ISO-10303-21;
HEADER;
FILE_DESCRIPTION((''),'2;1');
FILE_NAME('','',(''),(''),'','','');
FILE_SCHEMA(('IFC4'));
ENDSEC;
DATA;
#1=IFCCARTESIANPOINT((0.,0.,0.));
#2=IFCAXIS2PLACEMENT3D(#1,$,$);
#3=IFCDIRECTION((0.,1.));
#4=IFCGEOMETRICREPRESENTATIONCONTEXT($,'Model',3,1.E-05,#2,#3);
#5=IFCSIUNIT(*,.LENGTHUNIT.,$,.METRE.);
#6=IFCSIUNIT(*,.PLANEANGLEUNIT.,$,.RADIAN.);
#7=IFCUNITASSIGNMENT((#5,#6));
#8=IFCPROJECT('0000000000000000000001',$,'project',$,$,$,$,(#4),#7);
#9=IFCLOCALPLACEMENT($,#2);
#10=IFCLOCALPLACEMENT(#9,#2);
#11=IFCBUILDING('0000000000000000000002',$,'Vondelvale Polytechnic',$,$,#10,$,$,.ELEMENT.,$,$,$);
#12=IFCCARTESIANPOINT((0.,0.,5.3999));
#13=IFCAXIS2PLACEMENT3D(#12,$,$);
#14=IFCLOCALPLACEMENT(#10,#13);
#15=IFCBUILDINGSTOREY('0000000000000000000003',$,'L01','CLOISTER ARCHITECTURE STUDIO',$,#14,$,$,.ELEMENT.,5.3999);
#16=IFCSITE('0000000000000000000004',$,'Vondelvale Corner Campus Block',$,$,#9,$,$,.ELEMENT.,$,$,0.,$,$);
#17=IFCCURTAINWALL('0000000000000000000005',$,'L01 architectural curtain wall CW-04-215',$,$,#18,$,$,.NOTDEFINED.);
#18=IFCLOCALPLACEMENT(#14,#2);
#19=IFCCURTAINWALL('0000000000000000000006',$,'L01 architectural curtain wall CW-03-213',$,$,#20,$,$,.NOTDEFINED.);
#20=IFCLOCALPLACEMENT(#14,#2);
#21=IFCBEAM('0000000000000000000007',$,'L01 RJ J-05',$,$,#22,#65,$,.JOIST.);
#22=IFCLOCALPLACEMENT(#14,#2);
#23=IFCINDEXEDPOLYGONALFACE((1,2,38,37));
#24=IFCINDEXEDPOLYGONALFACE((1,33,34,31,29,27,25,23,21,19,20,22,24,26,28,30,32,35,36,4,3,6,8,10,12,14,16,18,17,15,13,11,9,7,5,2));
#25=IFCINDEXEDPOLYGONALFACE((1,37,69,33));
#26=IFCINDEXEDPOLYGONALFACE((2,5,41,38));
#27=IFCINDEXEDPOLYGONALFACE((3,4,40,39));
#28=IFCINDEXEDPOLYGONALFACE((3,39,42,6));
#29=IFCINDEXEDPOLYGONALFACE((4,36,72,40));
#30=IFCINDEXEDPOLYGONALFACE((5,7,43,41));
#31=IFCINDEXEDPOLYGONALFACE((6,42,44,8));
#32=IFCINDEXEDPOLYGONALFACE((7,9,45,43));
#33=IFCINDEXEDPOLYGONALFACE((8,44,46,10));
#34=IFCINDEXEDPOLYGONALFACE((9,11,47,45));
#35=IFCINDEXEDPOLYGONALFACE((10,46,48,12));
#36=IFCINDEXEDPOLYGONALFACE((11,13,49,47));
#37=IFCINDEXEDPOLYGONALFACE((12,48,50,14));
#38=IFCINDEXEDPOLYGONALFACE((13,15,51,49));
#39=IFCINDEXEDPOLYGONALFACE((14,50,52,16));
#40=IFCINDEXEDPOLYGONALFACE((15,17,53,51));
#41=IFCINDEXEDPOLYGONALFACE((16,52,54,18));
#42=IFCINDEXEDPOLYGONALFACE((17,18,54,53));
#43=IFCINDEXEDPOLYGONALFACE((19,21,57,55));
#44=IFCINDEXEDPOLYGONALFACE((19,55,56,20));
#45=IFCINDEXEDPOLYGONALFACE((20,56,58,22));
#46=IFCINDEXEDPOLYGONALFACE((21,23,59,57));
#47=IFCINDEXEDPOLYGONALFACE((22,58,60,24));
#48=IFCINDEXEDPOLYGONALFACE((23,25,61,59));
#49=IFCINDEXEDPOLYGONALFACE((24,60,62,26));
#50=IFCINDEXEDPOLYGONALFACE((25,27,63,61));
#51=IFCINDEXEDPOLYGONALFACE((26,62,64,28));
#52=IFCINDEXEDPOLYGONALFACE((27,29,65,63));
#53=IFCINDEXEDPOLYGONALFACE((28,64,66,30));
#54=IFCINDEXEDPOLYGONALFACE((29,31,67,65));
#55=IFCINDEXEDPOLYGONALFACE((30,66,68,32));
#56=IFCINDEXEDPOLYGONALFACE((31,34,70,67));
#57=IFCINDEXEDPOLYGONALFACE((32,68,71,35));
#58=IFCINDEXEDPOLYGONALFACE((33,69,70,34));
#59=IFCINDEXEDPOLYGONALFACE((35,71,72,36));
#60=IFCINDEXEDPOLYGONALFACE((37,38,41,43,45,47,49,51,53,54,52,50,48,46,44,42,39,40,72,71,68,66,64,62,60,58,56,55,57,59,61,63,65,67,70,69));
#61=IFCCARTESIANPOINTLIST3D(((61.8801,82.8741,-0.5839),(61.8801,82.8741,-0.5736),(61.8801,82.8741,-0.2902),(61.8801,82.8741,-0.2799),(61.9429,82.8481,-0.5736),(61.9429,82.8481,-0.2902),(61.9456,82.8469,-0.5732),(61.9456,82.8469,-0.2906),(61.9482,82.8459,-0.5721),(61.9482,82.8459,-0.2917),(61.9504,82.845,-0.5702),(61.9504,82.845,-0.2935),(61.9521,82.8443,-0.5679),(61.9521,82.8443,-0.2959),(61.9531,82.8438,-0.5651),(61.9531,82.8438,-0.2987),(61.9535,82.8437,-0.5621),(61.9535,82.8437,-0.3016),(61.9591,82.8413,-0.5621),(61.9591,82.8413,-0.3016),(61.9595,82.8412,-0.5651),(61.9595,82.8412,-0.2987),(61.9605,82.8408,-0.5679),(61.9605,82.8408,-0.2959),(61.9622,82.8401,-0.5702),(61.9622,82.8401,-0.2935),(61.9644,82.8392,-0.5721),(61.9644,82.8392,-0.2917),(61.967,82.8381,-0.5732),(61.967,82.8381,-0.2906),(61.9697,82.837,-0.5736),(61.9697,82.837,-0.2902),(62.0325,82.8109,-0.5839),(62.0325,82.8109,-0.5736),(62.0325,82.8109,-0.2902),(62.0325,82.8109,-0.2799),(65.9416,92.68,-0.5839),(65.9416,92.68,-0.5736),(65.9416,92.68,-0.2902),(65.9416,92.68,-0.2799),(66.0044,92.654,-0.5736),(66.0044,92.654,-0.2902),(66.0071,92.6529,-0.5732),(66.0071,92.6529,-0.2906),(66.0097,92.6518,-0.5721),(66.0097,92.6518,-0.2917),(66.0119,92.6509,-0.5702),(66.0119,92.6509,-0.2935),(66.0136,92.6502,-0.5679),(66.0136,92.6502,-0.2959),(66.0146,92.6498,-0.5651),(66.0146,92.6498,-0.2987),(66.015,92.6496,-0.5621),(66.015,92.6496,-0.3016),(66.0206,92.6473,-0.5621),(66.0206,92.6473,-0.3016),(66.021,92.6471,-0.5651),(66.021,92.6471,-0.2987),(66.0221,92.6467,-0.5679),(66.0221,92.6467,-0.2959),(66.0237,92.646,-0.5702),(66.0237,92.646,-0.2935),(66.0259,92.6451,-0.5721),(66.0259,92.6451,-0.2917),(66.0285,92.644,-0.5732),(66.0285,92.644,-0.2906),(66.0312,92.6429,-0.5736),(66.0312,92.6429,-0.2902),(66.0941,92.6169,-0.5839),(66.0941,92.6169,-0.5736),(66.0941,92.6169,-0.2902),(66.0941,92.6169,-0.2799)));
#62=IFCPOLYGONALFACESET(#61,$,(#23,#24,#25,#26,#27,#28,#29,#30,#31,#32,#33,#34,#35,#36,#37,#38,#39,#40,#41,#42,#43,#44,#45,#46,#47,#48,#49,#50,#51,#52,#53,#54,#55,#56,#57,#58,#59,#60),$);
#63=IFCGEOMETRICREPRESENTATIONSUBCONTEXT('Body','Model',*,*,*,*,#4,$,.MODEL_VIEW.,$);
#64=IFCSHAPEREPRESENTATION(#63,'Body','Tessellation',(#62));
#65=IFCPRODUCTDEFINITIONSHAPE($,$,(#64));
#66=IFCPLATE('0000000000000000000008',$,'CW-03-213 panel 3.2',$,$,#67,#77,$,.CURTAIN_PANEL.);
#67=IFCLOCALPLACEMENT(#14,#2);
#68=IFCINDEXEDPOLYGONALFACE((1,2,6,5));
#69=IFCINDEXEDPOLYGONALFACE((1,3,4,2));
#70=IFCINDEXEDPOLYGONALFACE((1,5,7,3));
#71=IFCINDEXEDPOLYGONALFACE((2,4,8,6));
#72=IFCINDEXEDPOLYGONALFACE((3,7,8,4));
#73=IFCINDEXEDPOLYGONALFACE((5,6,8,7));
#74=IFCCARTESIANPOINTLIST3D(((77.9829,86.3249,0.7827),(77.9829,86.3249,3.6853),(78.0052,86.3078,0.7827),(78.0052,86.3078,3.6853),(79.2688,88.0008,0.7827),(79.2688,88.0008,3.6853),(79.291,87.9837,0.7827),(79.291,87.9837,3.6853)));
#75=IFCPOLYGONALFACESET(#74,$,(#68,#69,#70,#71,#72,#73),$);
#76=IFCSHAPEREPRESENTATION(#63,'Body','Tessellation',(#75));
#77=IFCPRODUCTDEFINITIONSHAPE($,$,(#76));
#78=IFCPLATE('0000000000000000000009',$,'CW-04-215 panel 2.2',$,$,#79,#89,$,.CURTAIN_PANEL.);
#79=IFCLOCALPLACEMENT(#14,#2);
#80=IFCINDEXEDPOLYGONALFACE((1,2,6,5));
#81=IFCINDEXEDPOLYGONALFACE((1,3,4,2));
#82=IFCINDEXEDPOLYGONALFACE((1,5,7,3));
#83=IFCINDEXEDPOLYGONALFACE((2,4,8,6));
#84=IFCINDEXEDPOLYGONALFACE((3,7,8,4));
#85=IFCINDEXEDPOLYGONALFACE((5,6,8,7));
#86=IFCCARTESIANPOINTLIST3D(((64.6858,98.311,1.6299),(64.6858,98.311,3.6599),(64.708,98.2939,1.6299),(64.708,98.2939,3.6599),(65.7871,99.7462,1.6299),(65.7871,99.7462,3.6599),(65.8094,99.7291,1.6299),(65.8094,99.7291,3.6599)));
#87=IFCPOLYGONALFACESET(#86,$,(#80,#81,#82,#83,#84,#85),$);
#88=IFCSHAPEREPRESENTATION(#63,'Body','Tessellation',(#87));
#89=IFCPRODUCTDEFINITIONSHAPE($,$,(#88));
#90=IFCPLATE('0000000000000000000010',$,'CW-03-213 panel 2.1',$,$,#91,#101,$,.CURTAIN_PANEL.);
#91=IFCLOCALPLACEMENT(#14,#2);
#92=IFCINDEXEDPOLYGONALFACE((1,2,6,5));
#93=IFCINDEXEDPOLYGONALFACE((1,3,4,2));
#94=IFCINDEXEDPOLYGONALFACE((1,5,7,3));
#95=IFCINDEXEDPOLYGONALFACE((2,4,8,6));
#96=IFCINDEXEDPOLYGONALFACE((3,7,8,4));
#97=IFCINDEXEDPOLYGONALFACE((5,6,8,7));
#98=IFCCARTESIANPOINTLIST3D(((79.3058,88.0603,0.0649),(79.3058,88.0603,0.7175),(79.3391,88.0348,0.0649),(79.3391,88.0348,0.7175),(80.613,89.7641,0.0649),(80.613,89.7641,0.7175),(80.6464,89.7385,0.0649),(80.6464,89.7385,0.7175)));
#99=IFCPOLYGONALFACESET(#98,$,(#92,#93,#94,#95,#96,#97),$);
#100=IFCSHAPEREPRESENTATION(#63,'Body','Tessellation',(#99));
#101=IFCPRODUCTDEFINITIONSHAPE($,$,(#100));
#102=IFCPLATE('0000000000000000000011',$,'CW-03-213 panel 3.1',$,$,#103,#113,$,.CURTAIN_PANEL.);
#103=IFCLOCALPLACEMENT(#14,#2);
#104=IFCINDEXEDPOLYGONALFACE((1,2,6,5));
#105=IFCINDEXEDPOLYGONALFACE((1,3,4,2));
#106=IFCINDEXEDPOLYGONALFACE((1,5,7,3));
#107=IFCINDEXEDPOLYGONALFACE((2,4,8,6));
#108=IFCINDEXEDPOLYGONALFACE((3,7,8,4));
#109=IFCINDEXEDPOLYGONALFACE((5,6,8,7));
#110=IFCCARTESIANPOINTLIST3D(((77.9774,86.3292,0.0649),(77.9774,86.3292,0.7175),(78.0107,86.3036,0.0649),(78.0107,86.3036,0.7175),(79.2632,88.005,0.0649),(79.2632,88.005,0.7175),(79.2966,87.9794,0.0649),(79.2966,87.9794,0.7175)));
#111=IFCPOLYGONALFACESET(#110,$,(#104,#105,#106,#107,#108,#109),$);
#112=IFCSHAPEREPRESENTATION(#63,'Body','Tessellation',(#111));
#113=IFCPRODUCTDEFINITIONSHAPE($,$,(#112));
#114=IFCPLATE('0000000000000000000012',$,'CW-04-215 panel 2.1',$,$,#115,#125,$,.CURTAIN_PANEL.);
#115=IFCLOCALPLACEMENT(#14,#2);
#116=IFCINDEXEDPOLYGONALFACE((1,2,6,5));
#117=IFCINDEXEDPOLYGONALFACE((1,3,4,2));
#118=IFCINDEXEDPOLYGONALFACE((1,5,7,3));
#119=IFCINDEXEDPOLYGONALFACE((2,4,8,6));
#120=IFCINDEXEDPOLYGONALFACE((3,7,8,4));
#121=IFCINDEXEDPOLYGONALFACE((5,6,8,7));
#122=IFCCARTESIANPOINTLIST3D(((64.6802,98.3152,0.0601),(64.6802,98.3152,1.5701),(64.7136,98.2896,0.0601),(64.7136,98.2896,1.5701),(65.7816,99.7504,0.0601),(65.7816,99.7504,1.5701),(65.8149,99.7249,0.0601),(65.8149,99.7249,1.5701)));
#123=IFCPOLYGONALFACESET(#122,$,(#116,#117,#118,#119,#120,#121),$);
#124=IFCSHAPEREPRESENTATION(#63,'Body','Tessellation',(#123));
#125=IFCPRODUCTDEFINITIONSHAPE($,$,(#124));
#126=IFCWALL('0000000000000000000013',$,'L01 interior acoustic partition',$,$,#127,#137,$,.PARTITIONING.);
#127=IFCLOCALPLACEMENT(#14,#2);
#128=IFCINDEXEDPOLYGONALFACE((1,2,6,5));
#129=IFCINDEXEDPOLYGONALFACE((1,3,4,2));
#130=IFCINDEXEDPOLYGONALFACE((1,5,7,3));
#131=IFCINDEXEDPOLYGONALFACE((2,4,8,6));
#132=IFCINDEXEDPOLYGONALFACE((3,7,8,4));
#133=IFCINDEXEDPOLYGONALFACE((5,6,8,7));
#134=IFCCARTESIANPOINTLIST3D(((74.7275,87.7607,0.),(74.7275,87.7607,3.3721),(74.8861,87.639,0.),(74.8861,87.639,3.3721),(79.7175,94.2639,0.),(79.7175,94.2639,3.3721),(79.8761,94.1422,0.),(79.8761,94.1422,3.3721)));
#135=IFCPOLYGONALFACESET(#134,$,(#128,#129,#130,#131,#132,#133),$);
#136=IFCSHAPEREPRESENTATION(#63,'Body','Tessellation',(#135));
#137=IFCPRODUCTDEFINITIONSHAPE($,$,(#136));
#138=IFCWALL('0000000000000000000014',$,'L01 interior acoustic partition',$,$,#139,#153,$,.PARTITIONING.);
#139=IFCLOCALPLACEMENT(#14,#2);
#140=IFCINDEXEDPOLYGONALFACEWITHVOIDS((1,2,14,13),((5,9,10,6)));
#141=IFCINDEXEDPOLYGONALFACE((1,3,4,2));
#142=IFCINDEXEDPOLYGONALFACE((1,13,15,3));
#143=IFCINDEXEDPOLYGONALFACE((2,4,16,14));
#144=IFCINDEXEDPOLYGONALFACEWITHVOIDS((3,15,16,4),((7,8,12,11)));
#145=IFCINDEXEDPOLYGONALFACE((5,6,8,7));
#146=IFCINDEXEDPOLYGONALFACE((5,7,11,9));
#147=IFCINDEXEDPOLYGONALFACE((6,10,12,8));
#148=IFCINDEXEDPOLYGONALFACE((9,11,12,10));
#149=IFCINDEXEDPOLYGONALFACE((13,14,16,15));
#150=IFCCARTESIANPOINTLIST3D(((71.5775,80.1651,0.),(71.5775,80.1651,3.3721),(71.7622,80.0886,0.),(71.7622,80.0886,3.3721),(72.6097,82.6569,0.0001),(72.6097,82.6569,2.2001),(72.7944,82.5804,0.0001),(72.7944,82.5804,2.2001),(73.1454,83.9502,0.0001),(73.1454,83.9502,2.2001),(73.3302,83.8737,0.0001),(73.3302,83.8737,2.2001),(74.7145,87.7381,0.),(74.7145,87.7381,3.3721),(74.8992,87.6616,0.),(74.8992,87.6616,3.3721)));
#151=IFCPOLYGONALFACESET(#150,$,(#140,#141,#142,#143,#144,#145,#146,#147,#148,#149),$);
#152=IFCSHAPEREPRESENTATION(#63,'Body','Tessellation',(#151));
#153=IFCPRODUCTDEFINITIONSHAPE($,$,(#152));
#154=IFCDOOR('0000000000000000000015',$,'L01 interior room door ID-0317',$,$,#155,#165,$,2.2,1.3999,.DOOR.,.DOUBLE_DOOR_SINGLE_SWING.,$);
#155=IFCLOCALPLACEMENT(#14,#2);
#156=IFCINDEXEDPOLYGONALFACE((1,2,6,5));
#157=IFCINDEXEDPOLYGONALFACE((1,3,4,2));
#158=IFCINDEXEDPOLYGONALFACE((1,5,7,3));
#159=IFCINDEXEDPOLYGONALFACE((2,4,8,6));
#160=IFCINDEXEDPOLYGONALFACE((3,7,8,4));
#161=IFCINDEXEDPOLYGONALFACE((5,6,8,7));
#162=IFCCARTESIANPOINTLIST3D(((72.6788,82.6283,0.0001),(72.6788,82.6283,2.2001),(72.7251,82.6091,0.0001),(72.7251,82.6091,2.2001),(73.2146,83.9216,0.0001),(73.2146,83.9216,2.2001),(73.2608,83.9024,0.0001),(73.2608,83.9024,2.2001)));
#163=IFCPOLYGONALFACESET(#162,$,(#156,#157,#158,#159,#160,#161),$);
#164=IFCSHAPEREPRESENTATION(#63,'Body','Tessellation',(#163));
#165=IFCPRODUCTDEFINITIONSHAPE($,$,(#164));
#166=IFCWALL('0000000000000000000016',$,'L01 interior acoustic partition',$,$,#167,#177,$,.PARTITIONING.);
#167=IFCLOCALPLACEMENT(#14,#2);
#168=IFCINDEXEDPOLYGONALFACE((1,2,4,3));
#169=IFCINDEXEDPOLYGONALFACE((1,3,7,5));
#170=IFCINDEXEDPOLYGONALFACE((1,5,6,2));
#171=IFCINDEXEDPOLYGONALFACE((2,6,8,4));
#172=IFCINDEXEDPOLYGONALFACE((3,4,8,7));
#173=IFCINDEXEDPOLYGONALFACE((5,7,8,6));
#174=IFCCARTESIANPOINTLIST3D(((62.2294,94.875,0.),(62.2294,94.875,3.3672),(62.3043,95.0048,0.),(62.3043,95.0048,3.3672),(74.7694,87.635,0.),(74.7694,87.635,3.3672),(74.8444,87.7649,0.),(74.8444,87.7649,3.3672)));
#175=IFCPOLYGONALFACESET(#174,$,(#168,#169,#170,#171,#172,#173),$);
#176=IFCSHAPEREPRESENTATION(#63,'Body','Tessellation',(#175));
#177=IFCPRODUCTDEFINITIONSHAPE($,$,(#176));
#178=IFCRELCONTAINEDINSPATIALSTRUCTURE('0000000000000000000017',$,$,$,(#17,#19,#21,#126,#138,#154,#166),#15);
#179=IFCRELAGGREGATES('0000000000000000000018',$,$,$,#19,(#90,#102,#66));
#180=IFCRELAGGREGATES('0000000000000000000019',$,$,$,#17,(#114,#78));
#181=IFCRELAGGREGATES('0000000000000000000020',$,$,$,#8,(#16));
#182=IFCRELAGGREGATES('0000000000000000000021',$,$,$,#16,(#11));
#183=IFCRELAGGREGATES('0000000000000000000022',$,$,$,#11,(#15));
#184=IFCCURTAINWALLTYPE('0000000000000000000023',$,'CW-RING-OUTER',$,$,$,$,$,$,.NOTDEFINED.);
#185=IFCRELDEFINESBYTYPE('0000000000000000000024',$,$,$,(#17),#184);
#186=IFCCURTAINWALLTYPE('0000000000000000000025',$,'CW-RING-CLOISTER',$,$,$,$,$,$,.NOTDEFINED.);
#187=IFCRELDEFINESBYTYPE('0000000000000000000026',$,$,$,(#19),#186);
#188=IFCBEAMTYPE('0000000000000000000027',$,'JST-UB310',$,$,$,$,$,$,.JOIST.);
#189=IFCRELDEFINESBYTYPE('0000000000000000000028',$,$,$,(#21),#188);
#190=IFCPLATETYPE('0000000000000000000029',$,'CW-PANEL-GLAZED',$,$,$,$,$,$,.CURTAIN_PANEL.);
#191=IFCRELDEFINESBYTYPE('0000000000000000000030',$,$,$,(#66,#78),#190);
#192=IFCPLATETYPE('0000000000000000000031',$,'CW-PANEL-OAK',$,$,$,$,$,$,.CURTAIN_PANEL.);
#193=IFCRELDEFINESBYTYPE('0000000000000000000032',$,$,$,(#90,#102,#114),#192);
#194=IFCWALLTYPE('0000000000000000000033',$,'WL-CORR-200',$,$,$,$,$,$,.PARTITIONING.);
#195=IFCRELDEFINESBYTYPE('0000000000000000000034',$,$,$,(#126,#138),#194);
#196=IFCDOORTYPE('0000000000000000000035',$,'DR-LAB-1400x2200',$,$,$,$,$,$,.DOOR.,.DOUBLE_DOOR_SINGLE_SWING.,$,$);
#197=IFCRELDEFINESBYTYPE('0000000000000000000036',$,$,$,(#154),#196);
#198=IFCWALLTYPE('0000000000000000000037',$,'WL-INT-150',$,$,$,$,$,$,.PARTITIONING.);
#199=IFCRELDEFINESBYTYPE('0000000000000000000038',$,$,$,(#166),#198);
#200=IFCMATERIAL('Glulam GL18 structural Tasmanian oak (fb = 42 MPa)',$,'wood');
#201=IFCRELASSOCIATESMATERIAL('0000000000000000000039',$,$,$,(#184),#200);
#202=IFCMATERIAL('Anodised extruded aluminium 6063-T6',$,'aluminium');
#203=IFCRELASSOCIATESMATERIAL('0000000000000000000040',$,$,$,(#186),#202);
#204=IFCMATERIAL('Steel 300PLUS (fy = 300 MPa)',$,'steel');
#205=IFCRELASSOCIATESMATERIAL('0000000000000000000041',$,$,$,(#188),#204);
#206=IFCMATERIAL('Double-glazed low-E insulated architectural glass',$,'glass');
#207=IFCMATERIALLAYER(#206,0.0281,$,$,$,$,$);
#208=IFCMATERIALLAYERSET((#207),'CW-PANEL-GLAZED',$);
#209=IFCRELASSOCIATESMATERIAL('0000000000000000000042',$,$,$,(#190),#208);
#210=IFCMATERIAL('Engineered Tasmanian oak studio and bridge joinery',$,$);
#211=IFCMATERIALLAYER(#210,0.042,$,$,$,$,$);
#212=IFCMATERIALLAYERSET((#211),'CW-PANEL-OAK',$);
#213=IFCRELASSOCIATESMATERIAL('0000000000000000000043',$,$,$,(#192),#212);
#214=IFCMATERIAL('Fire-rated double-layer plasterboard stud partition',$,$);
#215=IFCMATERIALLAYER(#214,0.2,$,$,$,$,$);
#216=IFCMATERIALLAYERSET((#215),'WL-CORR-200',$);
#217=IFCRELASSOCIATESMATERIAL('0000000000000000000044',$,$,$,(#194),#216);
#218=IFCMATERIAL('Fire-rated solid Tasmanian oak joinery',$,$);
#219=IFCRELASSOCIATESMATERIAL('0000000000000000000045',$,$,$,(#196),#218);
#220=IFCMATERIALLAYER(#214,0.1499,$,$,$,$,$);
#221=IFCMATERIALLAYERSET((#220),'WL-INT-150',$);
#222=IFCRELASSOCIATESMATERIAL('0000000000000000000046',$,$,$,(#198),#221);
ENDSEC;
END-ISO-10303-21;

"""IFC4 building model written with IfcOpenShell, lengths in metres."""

from ifc_helpers import new_model, si_unit, direction, frame, frame_2d, origin, origin_2d, place, context, subcontext, project, spatial, rectangle, i_section, extrude, material, layer, layer_set, material_profile, profile_set, type_object, element, fill, aggregate, save


model = new_model("IFC4")

# Units and contexts
model_context = context("Model", 3, precision=1e-05, world=origin(), true_north=direction((0.0, 1.0)))
body_context = subcontext(model_context, "Body", "Model", "MODEL_VIEW")
ifc_project = project(units=[si_unit("LENGTHUNIT", "METRE"), si_unit("PLANEANGLEUNIT", "RADIAN")], contexts=[model_context])

# Site, building, storey
site_placement = place(None, origin())
site = spatial("IfcSite", under=ifc_project, at=site_placement, Name="Vondelvale Corner Campus Block", CompositionType="ELEMENT", RefElevation=0.0)
building_placement = place(site_placement, origin())
building = spatial("IfcBuilding", under=site, at=building_placement, Name="Vondelvale Polytechnic", CompositionType="ELEMENT")
storey_placement = place(building_placement, frame((0.0, 0.0, 5.3999)))
storey = spatial("IfcBuildingStorey", under=building, at=storey_placement, Name="L01", Description="CLOISTER ARCHITECTURE STUDIO", CompositionType="ELEMENT", Elevation=5.3999)

# Shared definitions
ifc_material_1 = material(Name="Glulam GL18 structural Tasmanian oak (fb = 42 MPa)", Category="wood")
ifc_material_2 = material(Name="Steel 300PLUS (fy = 300 MPa)", Category="steel")

# Curtain wall
curtain_wall_type_1 = type_object("IfcCurtainWallType", Name="CW-RING-OUTER", PredefinedType="NOTDEFINED", material=ifc_material_1)
curtain_wall_1_placement = place(storey_placement, origin())
curtain_wall_1 = element("IfcCurtainWall", 1, at=curtain_wall_1_placement, inside=storey, type_object=curtain_wall_type_1, Name="L01 architectural curtain wall CW-04-215", PredefinedType="NOTDEFINED")
ifc_material_3 = material(Name="Anodised extruded aluminium 6063-T6", Category="aluminium")

# Curtain wall
curtain_wall_type_2 = type_object("IfcCurtainWallType", Name="CW-RING-CLOISTER", PredefinedType="NOTDEFINED", material=ifc_material_3)
curtain_wall_2_placement = place(storey_placement, origin())
curtain_wall_2 = element("IfcCurtainWall", 2, at=curtain_wall_2_placement, inside=storey, type_object=curtain_wall_type_2, Name="L01 architectural curtain wall CW-03-213", PredefinedType="NOTDEFINED")

# Beam
ifc_material_profile_1 = material_profile(ifc_material_2, i_section(OverallWidth=0.165, OverallDepth=0.304, WebThickness=0.0061, FlangeThickness=0.0103, FilletRadius=0.0115, at=origin_2d()), Name="310UB40.4")
ifc_profile_set_1 = profile_set([ifc_material_profile_1], Name="Steel 300PLUS (fy = 300 MPa)")
beam_type_1 = type_object("IfcBeamType", Name="JST-UB310", PredefinedType="JOIST", material=ifc_profile_set_1)
beam_1_placement = place(storey_placement, frame((66.0178, 92.6484, -0.4319), z_axis=(-0.382666, -0.923887, 0.0), x_axis=(0.923887, -0.382666, 0.0)))
element("IfcBeam", 3, at=beam_1_placement, inside=storey, type_object=beam_type_1, Name="L01 RJ J-05", PredefinedType="JOIST", context=body_context, shape_type="SweptSolid", body=[
    extrude(i_section(OverallWidth=0.165, OverallDepth=0.304, WebThickness=0.0061, FlangeThickness=0.0103, FilletRadius=0.0115, at=origin_2d()), origin(), (0.0, 0.0, 1.0), 10.6138),
])

# Plates
ifc_material_4 = material(Name="Double-glazed low-E insulated architectural glass", Category="glass")
ifc_layer_1 = layer(ifc_material_4, 0.0281)
ifc_layer_set_1 = layer_set([ifc_layer_1], Name="CW-PANEL-GLAZED")
plate_type_1 = type_object("IfcPlateType", Name="CW-PANEL-GLAZED", PredefinedType="CURTAIN_PANEL", material=ifc_layer_set_1)
plate_1_placement = place(storey_placement, frame((78.637, 87.1543, 0.7827), z_axis=(0.0, 0.0, 1.0), x_axis=(-0.608748, -0.793364, 0.0)))
plate_1 = element("IfcPlate", 4, at=plate_1_placement, type_object=plate_type_1, Name="CW-03-213 panel 3.2", PredefinedType="CURTAIN_PANEL", context=body_context, shape_type="SweptSolid", body=[
    extrude(rectangle(XDim=2.1123, YDim=0.0281, at=origin_2d()), origin(), (0.0, 0.0, 1.0), 2.9026),
])
plate_2_placement = place(storey_placement, frame((65.2476, 99.02, 1.6299), z_axis=(0.0, 0.0, 1.0), x_axis=(-0.608771, -0.793346, 0.0)))
plate_2 = element("IfcPlate", 5, at=plate_2_placement, type_object=plate_type_1, Name="CW-04-215 panel 2.2", PredefinedType="CURTAIN_PANEL", context=body_context, shape_type="SweptSolid", body=[
    extrude(rectangle(XDim=1.8091, YDim=0.0281, at=origin_2d()), origin(), (0.0, 0.0, 1.0), 2.03),
])
ifc_material_5 = material(Name="Engineered Tasmanian oak studio and bridge joinery")
ifc_layer_2 = layer(ifc_material_5, 0.042)
ifc_layer_set_2 = layer_set([ifc_layer_2], Name="CW-PANEL-OAK")
plate_type_2 = type_object("IfcPlateType", Name="CW-PANEL-OAK", PredefinedType="CURTAIN_PANEL", material=ifc_layer_set_2)
plate_3_placement = place(storey_placement, frame((79.9761, 88.8994, 0.0649), z_axis=(0.0, 0.0, 1.0), x_axis=(-0.608748, -0.793364, 0.0)))
plate_3 = element("IfcPlate", 6, at=plate_3_placement, type_object=plate_type_2, Name="CW-03-213 panel 2.1", PredefinedType="CURTAIN_PANEL", context=body_context, shape_type="SweptSolid", body=[
    extrude(rectangle(XDim=2.1475, YDim=0.042, at=origin_2d()), origin(), (0.0, 0.0, 1.0), 0.6526),
])
plate_4_placement = place(storey_placement, frame((78.637, 87.1543, 0.0649), z_axis=(0.0, 0.0, 1.0), x_axis=(-0.608748, -0.793364, 0.0)))
plate_4 = element("IfcPlate", 7, at=plate_4_placement, type_object=plate_type_2, Name="CW-03-213 panel 3.1", PredefinedType="CURTAIN_PANEL", context=body_context, shape_type="SweptSolid", body=[
    extrude(rectangle(XDim=2.1123, YDim=0.042, at=origin_2d()), origin(), (0.0, 0.0, 1.0), 0.6526),
])
aggregate(curtain_wall_2, [plate_3, plate_4, plate_1])
plate_5_placement = place(storey_placement, frame((65.2476, 99.02, 0.0601), z_axis=(0.0, 0.0, 1.0), x_axis=(-0.608771, -0.793346, 0.0)))
plate_5 = element("IfcPlate", 8, at=plate_5_placement, type_object=plate_type_2, Name="CW-04-215 panel 2.1", PredefinedType="CURTAIN_PANEL", context=body_context, shape_type="SweptSolid", body=[
    extrude(rectangle(XDim=1.8091, YDim=0.042, at=origin_2d()), origin(), (0.0, 0.0, 1.0), 1.51),
])
aggregate(curtain_wall_1, [plate_5, plate_2])

# Wall
ifc_material_6 = material(Name="Fire-rated double-layer plasterboard stud partition")
ifc_layer_3 = layer(ifc_material_6, 0.2)
ifc_layer_set_3 = layer_set([ifc_layer_3], Name="WL-CORR-200")
wall_type_1 = type_object("IfcWallType", Name="WL-CORR-200", PredefinedType="PARTITIONING", material=ifc_layer_set_3)
wall_1_placement = place(storey_placement, frame((79.7969, 94.2031, 0.0), z_axis=(0.0, 0.0, 1.0), x_axis=(-0.608756, -0.793357, 0.0)))
element("IfcWall", 9, at=wall_1_placement, inside=storey, type_object=wall_type_1, Name="L01 interior acoustic partition", PredefinedType="PARTITIONING", context=body_context, shape_type="SweptSolid", body=[
    extrude(rectangle(XDim=8.197, YDim=0.2, at=frame_2d((4.0986, 0.0))), origin(), (0.0, 0.0, 1.0), 3.3721),
])

# Wall, opening, door
wall_2_placement = place(storey_placement, frame((74.8069, 87.7, 0.0), z_axis=(0.0, 0.0, 1.0), x_axis=(-0.382696, -0.923874, 0.0)))
wall_2 = element("IfcWall", 10, at=wall_2_placement, inside=storey, type_object=wall_type_1, Name="L01 interior acoustic partition", PredefinedType="PARTITIONING", context=body_context, shape_type="SweptSolid", body=[
    extrude(rectangle(XDim=8.197, YDim=0.2, at=frame_2d((4.0986, 0.0))), origin(), (0.0, 0.0, 1.0), 3.3721),
])
opening_placement = place(wall_2_placement, frame((4.1001, 0.0, 0.0)))
opening = element("IfcOpeningElement", 11, at=opening_placement, cuts=wall_2, PredefinedType="OPENING", context=body_context, shape_type="SweptSolid", body=[
    extrude(rectangle(XDim=1.3999, YDim=2.2, at=frame_2d((0.7, 1.1001))), frame((0.0, 0.1099, 0.0), z_axis=(0.0, -1.0, 0.0), x_axis=(1.0, 0.0, 0.0)), (0.0, 0.0, 1.0), 0.22),
])
ifc_material_7 = material(Name="Fire-rated solid Tasmanian oak joinery")
door_type = type_object("IfcDoorType", Name="DR-LAB-1400x2200", OperationType="DOUBLE_DOOR_SINGLE_SWING", PredefinedType="DOOR", material=ifc_material_7)
door_placement = place(opening_placement, origin())
door = element("IfcDoor", 12, at=door_placement, inside=storey, type_object=door_type, Name="L01 interior room door ID-0317", OperationType="DOUBLE_DOOR_SINGLE_SWING", OverallHeight=2.2, OverallWidth=1.3999, PredefinedType="DOOR", context=body_context, shape_type="SweptSolid", body=[
    extrude(rectangle(XDim=1.3999, YDim=2.2, at=frame_2d((0.7, 1.1001))), frame((0.0, 0.0249, 0.0), z_axis=(0.0, -1.0, 0.0), x_axis=(1.0, 0.0, 0.0)), (0.0, 0.0, 1.0), 0.05),
])
fill(opening, door)

# Wall
ifc_layer_4 = layer(ifc_material_6, 0.1499)
ifc_layer_set_4 = layer_set([ifc_layer_4], Name="WL-INT-150")
wall_type_2 = type_object("IfcWallType", Name="WL-INT-150", PredefinedType="PARTITIONING", material=ifc_layer_set_4)
wall_3_placement = place(storey_placement, frame((74.8069, 87.7, 0.0), z_axis=(0.0, 0.0, 1.0), x_axis=(-0.866026, 0.5, 0.0)))
element("IfcWall", 13, at=wall_3_placement, inside=storey, type_object=wall_type_2, Name="L01 interior acoustic partition", PredefinedType="PARTITIONING", context=body_context, shape_type="SweptSolid", body=[
    extrude(rectangle(XDim=14.48, YDim=0.1499, at=frame_2d((7.24, 0.0))), origin(), (0.0, 0.0, 1.0), 3.3672),
])

save(model, "model.ifc")
